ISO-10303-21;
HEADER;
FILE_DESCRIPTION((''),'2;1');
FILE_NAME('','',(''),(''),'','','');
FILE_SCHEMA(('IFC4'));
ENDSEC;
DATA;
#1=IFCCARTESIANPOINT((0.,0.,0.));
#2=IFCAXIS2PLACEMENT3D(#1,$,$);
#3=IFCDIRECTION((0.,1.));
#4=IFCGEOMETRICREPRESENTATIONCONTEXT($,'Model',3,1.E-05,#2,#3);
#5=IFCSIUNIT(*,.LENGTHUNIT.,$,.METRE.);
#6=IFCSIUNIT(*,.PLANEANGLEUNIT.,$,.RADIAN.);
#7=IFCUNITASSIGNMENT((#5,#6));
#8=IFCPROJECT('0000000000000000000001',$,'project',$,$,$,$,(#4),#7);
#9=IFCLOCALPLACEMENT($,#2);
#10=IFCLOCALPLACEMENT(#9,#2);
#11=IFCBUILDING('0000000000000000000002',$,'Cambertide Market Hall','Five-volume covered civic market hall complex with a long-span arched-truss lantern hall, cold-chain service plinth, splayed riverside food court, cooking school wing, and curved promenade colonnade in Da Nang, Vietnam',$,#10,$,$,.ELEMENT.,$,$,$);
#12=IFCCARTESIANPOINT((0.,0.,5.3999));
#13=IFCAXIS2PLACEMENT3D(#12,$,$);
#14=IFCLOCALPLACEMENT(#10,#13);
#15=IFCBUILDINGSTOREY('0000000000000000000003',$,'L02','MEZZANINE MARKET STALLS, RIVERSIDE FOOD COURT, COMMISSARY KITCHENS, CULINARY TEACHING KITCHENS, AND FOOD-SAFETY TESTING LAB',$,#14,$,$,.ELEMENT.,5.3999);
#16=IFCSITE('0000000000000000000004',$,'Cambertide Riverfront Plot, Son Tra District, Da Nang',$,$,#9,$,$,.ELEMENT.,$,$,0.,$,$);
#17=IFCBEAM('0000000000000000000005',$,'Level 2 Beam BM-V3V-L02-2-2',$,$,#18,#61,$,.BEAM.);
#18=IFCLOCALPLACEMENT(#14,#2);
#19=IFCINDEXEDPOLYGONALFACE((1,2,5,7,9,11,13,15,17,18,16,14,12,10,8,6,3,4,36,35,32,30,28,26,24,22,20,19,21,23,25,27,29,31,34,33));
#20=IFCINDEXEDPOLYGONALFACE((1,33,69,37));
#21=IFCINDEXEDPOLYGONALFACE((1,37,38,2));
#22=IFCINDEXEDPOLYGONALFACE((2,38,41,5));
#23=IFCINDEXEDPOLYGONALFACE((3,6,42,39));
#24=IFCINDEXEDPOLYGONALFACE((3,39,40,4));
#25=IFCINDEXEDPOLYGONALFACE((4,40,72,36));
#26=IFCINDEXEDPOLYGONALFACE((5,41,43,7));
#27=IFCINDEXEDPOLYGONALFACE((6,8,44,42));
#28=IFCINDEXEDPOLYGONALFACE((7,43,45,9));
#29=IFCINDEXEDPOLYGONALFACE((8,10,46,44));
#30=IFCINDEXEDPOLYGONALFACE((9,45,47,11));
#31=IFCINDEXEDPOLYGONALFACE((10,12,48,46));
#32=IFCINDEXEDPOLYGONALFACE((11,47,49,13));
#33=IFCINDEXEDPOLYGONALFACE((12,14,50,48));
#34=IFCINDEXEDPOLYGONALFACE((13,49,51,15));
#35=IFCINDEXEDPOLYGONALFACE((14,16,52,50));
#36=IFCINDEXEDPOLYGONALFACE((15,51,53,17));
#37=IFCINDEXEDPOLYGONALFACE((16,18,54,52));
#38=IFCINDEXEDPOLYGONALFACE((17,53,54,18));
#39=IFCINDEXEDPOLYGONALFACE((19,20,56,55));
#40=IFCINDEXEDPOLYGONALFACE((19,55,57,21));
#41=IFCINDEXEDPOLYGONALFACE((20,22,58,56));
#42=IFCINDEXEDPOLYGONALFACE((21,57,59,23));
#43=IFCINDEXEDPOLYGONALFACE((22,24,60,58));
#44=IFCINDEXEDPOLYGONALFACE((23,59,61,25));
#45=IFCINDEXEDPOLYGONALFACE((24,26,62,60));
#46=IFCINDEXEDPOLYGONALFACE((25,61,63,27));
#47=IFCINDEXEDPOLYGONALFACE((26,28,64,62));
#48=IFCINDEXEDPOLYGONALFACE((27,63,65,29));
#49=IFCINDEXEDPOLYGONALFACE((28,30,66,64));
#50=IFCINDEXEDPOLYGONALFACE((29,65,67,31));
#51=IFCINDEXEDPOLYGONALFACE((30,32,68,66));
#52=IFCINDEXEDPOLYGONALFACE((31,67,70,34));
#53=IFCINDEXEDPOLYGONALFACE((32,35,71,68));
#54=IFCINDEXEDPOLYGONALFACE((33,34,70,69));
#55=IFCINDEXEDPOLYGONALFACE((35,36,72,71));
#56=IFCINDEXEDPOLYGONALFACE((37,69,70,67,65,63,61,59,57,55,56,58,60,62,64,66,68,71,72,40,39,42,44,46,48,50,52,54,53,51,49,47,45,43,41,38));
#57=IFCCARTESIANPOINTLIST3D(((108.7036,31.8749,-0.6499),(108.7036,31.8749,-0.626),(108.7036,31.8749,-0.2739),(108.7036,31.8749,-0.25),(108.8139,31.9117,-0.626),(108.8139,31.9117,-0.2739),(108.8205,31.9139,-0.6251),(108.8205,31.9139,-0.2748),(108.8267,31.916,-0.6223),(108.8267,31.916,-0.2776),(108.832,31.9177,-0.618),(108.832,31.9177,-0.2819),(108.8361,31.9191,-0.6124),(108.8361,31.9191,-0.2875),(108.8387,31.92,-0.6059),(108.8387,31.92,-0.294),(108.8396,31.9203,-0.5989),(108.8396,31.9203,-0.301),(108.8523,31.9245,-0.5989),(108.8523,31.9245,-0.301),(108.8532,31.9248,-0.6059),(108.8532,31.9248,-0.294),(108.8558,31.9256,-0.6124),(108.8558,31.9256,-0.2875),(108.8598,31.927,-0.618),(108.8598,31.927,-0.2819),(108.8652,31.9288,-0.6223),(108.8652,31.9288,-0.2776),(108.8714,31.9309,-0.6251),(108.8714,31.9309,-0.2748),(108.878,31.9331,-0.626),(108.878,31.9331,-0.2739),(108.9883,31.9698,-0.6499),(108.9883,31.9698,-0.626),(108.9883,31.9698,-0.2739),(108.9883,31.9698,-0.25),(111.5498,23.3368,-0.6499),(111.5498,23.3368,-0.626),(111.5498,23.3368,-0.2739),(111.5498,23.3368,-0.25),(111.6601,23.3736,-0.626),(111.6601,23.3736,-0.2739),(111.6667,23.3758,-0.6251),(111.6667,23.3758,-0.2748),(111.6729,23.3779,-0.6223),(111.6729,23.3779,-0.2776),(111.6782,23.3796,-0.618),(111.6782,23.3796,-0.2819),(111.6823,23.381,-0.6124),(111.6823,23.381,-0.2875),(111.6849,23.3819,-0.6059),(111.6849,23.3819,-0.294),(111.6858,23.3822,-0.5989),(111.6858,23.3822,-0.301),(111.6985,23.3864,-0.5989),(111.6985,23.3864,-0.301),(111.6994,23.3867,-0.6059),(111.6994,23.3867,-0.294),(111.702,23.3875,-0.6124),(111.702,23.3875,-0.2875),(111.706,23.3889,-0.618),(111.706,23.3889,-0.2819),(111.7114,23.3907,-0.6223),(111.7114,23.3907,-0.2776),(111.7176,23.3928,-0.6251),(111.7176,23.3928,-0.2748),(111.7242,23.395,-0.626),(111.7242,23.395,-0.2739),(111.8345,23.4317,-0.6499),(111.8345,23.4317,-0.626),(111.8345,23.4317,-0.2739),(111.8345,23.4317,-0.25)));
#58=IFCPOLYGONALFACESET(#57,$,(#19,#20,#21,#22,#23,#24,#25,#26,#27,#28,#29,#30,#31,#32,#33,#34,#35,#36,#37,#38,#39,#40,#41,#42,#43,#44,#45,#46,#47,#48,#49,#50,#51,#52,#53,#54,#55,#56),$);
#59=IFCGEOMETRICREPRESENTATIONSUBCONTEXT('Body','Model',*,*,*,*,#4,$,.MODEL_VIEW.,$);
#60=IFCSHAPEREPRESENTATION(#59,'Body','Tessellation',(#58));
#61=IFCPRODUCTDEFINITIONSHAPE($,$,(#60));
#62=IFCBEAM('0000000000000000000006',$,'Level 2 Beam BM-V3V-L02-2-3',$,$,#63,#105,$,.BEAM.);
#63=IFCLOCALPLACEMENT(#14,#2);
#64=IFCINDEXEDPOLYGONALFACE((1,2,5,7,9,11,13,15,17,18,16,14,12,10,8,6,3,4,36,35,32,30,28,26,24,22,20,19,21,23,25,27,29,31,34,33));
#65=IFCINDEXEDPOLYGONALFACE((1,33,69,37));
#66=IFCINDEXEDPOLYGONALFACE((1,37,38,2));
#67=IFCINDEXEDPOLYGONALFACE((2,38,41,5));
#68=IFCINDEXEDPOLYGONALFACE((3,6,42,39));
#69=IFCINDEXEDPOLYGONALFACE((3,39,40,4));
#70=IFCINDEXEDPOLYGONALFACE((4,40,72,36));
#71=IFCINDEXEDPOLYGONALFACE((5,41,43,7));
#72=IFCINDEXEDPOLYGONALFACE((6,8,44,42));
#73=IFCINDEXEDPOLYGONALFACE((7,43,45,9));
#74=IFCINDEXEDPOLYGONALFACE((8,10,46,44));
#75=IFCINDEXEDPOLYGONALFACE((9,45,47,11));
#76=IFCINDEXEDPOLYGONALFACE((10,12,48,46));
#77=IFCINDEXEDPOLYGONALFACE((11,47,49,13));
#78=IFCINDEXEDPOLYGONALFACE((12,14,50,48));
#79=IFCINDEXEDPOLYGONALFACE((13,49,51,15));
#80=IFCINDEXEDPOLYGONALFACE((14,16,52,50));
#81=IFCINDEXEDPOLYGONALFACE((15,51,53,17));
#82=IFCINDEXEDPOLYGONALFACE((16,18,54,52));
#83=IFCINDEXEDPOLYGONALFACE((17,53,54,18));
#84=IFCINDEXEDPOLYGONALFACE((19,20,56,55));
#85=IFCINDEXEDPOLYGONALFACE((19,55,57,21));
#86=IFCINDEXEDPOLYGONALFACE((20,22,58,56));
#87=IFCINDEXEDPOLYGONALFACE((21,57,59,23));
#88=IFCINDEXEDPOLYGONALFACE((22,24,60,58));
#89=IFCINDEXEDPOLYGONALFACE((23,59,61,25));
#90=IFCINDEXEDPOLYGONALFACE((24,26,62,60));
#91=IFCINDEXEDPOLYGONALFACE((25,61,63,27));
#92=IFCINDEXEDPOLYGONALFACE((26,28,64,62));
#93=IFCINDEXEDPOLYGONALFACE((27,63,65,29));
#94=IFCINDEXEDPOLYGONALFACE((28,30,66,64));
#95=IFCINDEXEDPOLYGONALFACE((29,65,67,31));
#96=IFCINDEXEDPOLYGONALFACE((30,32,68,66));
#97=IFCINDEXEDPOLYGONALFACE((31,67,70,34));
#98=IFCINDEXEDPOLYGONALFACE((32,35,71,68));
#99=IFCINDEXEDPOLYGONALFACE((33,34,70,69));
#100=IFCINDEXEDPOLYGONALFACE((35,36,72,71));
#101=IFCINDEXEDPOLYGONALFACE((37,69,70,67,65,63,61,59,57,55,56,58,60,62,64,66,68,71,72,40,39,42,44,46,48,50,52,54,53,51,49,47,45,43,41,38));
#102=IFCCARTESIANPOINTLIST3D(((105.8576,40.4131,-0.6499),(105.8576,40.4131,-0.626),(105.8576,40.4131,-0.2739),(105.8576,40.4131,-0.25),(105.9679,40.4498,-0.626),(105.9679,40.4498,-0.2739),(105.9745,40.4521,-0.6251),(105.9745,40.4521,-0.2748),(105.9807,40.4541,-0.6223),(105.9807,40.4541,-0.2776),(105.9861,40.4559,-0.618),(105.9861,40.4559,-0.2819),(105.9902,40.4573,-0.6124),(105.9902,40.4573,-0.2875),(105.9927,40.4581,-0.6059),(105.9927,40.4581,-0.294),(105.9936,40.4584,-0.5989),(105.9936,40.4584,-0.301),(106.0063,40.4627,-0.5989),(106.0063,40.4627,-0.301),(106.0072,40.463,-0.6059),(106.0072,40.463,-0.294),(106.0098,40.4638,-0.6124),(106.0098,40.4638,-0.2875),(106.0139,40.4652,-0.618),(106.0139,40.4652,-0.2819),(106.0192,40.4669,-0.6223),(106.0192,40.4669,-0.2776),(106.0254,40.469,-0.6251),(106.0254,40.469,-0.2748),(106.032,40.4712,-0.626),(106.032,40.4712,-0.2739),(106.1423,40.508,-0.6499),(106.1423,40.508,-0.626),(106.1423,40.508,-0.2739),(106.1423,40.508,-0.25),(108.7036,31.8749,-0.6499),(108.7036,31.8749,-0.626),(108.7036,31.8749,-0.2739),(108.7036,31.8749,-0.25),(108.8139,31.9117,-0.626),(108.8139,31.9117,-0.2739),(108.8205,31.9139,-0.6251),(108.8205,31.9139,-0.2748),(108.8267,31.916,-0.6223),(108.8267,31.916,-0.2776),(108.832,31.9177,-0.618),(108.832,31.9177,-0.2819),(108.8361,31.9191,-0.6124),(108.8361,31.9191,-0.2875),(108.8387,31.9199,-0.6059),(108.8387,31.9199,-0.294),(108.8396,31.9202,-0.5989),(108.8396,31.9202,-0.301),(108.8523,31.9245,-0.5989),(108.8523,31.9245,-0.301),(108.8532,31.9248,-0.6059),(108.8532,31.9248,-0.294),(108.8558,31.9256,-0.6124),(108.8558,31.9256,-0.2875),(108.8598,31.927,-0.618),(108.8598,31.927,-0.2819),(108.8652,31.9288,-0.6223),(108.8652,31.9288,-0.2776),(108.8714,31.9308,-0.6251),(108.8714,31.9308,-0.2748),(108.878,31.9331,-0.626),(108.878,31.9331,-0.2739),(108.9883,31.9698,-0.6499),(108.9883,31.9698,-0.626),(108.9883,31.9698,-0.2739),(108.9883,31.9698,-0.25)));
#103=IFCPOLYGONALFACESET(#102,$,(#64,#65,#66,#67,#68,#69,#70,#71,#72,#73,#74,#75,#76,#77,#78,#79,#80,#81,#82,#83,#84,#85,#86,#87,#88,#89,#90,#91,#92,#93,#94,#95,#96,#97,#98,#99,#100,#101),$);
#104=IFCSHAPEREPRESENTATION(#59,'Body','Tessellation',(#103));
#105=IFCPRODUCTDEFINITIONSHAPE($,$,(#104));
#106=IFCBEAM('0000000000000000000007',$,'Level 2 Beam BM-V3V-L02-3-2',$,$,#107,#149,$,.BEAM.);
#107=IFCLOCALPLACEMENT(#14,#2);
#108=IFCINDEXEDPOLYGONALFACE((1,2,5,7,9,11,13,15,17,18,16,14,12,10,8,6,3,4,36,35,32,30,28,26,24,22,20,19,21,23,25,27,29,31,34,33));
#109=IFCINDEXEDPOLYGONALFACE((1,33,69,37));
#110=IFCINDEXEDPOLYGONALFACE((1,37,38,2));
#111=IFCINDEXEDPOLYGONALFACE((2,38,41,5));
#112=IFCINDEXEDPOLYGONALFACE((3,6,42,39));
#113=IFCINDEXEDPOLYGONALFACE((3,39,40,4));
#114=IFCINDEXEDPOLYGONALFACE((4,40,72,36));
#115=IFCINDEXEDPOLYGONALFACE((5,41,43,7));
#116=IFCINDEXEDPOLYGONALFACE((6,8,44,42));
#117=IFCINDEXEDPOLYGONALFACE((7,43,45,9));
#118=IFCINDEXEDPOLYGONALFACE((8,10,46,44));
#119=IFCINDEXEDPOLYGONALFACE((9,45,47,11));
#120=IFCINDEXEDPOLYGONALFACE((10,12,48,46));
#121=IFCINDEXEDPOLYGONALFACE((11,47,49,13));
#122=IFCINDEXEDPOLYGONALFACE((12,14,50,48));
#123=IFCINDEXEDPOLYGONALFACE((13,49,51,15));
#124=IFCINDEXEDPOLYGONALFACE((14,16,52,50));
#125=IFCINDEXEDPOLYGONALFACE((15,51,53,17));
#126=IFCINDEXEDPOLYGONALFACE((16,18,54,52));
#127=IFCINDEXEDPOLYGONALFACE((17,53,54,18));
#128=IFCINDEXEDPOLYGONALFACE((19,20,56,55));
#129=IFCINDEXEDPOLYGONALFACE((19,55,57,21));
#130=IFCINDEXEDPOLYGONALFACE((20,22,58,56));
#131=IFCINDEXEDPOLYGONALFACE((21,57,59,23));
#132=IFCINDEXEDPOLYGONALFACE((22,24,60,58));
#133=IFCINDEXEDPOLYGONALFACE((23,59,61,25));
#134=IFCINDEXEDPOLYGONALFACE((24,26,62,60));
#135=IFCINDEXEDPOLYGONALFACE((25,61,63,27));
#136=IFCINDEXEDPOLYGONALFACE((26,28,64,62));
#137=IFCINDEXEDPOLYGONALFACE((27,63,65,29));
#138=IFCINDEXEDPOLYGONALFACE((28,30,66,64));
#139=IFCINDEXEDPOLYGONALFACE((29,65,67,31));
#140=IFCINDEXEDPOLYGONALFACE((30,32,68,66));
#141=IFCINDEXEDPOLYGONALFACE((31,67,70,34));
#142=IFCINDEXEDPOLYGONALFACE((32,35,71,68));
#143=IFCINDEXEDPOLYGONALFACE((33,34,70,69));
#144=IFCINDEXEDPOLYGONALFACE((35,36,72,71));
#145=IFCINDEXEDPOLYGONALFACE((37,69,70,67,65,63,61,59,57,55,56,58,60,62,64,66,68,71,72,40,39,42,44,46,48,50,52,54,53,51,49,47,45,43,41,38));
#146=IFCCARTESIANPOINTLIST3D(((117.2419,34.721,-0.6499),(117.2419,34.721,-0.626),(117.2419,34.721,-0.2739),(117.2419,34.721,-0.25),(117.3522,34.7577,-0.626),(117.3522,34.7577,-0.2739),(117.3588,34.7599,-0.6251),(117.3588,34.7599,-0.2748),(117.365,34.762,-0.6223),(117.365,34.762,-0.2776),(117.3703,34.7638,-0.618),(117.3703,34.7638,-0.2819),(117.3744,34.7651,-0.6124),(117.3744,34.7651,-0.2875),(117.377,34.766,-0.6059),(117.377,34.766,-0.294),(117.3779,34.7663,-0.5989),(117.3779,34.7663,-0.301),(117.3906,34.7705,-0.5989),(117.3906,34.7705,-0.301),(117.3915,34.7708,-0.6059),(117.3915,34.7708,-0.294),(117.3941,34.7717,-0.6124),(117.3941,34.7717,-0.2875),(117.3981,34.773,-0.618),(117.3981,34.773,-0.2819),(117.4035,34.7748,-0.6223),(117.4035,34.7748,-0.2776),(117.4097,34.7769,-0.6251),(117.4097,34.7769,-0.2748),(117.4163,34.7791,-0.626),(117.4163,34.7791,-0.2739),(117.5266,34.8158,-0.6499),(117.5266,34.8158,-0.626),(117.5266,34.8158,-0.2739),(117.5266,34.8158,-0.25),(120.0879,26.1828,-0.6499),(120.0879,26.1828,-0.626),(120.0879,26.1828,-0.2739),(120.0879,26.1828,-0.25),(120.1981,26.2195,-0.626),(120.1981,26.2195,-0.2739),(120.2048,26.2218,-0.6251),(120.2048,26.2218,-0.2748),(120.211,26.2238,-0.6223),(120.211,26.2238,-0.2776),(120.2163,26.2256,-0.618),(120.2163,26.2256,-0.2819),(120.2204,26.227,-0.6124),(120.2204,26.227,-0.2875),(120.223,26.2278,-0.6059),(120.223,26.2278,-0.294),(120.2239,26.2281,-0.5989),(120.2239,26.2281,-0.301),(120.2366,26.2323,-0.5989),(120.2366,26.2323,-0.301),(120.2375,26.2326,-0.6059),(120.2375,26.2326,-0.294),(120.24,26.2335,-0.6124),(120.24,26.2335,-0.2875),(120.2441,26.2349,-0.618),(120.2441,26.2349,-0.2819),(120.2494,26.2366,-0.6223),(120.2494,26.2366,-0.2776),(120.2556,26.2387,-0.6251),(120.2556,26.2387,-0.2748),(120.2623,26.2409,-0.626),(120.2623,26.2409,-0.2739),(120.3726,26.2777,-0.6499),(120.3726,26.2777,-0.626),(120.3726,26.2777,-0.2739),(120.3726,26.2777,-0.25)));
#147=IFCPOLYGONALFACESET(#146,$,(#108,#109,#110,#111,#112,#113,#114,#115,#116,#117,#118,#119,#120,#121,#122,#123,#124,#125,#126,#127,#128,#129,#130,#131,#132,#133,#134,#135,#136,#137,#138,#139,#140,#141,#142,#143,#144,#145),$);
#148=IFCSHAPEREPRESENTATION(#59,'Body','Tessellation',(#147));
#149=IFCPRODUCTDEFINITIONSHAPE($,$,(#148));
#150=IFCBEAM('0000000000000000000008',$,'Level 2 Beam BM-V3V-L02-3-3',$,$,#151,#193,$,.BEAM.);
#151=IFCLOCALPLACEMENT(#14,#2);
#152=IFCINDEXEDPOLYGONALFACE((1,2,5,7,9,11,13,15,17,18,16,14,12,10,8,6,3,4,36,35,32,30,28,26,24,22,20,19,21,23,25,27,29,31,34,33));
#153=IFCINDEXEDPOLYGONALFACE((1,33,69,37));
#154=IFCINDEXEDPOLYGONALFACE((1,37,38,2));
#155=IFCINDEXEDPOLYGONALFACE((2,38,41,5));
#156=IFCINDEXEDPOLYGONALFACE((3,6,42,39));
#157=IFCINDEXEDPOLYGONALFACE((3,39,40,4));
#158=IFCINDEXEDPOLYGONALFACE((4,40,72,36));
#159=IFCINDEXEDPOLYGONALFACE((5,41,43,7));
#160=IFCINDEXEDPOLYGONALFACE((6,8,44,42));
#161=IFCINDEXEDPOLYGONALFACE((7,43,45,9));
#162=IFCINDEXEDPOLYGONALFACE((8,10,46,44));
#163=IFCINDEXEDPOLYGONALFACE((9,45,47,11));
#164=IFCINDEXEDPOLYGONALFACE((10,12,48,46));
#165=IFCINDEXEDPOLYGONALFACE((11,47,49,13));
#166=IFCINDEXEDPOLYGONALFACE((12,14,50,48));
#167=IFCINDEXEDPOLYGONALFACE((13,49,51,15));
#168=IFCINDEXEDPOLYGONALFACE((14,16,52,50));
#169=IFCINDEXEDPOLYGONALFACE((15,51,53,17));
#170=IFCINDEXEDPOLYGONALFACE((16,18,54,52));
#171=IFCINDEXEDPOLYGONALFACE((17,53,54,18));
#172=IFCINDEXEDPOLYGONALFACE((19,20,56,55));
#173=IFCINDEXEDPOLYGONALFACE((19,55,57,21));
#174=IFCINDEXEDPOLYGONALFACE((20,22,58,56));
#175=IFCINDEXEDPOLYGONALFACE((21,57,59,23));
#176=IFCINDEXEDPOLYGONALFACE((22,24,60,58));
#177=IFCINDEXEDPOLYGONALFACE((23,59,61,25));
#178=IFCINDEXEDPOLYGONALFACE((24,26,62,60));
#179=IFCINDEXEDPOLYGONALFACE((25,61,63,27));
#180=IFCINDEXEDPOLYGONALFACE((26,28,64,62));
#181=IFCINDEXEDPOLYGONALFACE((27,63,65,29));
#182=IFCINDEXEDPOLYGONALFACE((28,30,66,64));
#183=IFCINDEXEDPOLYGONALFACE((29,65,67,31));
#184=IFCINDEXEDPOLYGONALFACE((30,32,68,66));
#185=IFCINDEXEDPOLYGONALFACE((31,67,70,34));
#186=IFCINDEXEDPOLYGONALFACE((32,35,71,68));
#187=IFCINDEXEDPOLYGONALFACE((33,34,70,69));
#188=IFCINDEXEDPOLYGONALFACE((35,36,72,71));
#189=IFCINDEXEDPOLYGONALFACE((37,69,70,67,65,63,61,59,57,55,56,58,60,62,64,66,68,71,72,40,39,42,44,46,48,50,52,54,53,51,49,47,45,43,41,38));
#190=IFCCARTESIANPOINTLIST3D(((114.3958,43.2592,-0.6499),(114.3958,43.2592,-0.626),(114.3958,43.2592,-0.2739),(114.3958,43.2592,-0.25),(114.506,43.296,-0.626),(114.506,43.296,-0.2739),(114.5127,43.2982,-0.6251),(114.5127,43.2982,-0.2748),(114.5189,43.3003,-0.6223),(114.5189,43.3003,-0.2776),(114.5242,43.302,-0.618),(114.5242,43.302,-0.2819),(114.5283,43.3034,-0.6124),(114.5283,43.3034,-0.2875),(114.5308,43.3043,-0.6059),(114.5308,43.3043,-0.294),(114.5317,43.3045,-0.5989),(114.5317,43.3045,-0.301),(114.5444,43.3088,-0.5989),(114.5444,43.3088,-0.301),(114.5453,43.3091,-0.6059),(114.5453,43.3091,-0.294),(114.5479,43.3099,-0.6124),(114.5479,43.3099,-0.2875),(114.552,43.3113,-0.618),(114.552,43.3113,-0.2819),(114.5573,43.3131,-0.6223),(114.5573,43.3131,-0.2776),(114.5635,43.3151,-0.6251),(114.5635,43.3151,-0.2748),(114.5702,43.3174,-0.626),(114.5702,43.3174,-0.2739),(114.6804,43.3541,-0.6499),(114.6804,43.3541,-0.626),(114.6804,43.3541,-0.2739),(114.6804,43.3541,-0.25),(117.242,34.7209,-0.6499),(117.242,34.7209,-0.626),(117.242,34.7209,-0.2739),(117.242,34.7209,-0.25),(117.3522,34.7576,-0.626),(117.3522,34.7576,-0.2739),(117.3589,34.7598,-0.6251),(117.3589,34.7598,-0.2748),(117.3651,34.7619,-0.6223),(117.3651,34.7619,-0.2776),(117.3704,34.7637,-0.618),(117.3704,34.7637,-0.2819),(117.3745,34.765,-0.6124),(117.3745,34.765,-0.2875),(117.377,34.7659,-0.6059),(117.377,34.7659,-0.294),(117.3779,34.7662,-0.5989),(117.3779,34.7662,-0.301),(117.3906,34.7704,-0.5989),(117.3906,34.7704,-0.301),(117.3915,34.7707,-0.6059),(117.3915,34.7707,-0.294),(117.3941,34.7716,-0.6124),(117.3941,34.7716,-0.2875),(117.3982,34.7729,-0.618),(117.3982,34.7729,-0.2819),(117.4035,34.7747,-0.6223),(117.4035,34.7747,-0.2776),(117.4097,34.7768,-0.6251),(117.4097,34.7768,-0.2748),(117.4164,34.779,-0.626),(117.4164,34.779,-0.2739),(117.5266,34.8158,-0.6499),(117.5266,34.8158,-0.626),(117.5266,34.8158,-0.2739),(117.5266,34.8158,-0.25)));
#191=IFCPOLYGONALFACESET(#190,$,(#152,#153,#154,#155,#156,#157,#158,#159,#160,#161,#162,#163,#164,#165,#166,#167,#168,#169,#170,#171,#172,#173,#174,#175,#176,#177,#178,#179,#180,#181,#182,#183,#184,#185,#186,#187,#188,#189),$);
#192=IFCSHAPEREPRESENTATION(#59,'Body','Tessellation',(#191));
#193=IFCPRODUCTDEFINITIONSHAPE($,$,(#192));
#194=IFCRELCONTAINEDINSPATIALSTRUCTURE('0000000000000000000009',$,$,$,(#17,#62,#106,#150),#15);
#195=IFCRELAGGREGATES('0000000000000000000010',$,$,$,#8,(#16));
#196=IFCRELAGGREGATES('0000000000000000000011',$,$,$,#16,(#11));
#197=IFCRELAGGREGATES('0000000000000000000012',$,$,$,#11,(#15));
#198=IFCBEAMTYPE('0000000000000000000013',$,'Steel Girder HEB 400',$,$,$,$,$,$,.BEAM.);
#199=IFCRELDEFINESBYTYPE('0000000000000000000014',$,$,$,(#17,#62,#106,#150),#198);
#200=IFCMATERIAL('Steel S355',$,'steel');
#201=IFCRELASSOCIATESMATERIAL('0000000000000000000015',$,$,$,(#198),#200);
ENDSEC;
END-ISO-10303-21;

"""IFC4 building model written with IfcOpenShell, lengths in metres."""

from ifc_helpers import new_model, si_unit, direction, frame, origin, origin_2d, place, context, subcontext, project, spatial, i_section, extrude, material, material_profile, profile_set, type_object, element, save


model = new_model("IFC4")

# Units and contexts
model_context = context("Model", 3, precision=1e-05, world=origin(), true_north=direction((0.0, 1.0)))
body_context = subcontext(model_context, "Body", "Model", "MODEL_VIEW")
ifc_project = project(units=[si_unit("LENGTHUNIT", "METRE"), si_unit("PLANEANGLEUNIT", "RADIAN")], contexts=[model_context])

# Site, building, storey
site_placement = place(None, origin())
site = spatial("IfcSite", under=ifc_project, at=site_placement, Name="Cambertide Riverfront Plot, Son Tra District, Da Nang", CompositionType="ELEMENT", RefElevation=0.0)
building_placement = place(site_placement, origin())
building = spatial("IfcBuilding", under=site, at=building_placement, Name="Cambertide Market Hall", Description="Five-volume covered civic market hall complex with a long-span arched-truss lantern hall, cold-chain service plinth, splayed riverside food court, cooking school wing, and curved promenade colonnade in Da Nang, Vietnam", CompositionType="ELEMENT")
storey_placement = place(building_placement, frame((0.0, 0.0, 5.3999)))
storey = spatial("IfcBuildingStorey", under=building, at=storey_placement, Name="L02", Description="MEZZANINE MARKET STALLS, RIVERSIDE FOOD COURT, COMMISSARY KITCHENS, CULINARY TEACHING KITCHENS, AND FOOD-SAFETY TESTING LAB", CompositionType="ELEMENT", Elevation=5.3999)

# Beams
ifc_material_1 = material(Name="Steel S355", Category="steel")
ifc_material_profile_1 = material_profile(ifc_material_1, i_section(OverallWidth=0.3, OverallDepth=0.3999, WebThickness=0.0134, FlangeThickness=0.0239, FilletRadius=0.0271, at=origin_2d()), Name="HEB 400")
ifc_profile_set_1 = profile_set([ifc_material_profile_1], Name="Steel S355")
beam_type_1 = type_object("IfcBeamType", Name="Steel Girder HEB 400", PredefinedType="BEAM", material=ifc_profile_set_1)
for number, where, z_axis, x_axis, name in (
    (1, (111.6921, 23.3843, -0.45), (-0.316244, 0.948678, 0.0), (-0.948678, -0.316244, 0.0), "Level 2 Beam BM-V3V-L02-2-2"),
    (2, (108.8459, 31.9224, -0.45), (-0.31622, 0.948686, 0.0), (-0.948686, -0.31622, 0.0), "Level 2 Beam BM-V3V-L02-2-3"),
    (3, (120.2302, 26.2302, -0.45), (-0.31622, 0.948686, 0.0), (-0.948686, -0.31622, 0.0), "Level 2 Beam BM-V3V-L02-3-2"),
):
    element("IfcBeam", number, at=place(storey_placement, frame(where, z_axis=z_axis, x_axis=x_axis)), inside=storey, type_object=beam_type_1, Name=name, PredefinedType="BEAM", context=body_context, shape_type="SweptSolid", body=[
        extrude(i_section(OverallWidth=0.3, OverallDepth=0.3999, WebThickness=0.0134, FlangeThickness=0.0239, FilletRadius=0.0271, at=origin_2d()), origin(), (0.0, 0.0, 1.0), 9.0),
    ])
beam_1_placement = place(storey_placement, frame((117.3843, 34.7683, -0.45), z_axis=(-0.316236, 0.948681, 0.0), x_axis=(-0.948681, -0.316236, 0.0)))
element("IfcBeam", 4, at=beam_1_placement, inside=storey, type_object=beam_type_1, Name="Level 2 Beam BM-V3V-L02-3-3", PredefinedType="BEAM", context=body_context, shape_type="SweptSolid", body=[
    extrude(i_section(OverallWidth=0.3, OverallDepth=0.3999, WebThickness=0.0134, FlangeThickness=0.0239, FilletRadius=0.0271, at=origin_2d()), origin(), (0.0, 0.0, 1.0), 9.0002),
])

save(model, "model.ifc")
